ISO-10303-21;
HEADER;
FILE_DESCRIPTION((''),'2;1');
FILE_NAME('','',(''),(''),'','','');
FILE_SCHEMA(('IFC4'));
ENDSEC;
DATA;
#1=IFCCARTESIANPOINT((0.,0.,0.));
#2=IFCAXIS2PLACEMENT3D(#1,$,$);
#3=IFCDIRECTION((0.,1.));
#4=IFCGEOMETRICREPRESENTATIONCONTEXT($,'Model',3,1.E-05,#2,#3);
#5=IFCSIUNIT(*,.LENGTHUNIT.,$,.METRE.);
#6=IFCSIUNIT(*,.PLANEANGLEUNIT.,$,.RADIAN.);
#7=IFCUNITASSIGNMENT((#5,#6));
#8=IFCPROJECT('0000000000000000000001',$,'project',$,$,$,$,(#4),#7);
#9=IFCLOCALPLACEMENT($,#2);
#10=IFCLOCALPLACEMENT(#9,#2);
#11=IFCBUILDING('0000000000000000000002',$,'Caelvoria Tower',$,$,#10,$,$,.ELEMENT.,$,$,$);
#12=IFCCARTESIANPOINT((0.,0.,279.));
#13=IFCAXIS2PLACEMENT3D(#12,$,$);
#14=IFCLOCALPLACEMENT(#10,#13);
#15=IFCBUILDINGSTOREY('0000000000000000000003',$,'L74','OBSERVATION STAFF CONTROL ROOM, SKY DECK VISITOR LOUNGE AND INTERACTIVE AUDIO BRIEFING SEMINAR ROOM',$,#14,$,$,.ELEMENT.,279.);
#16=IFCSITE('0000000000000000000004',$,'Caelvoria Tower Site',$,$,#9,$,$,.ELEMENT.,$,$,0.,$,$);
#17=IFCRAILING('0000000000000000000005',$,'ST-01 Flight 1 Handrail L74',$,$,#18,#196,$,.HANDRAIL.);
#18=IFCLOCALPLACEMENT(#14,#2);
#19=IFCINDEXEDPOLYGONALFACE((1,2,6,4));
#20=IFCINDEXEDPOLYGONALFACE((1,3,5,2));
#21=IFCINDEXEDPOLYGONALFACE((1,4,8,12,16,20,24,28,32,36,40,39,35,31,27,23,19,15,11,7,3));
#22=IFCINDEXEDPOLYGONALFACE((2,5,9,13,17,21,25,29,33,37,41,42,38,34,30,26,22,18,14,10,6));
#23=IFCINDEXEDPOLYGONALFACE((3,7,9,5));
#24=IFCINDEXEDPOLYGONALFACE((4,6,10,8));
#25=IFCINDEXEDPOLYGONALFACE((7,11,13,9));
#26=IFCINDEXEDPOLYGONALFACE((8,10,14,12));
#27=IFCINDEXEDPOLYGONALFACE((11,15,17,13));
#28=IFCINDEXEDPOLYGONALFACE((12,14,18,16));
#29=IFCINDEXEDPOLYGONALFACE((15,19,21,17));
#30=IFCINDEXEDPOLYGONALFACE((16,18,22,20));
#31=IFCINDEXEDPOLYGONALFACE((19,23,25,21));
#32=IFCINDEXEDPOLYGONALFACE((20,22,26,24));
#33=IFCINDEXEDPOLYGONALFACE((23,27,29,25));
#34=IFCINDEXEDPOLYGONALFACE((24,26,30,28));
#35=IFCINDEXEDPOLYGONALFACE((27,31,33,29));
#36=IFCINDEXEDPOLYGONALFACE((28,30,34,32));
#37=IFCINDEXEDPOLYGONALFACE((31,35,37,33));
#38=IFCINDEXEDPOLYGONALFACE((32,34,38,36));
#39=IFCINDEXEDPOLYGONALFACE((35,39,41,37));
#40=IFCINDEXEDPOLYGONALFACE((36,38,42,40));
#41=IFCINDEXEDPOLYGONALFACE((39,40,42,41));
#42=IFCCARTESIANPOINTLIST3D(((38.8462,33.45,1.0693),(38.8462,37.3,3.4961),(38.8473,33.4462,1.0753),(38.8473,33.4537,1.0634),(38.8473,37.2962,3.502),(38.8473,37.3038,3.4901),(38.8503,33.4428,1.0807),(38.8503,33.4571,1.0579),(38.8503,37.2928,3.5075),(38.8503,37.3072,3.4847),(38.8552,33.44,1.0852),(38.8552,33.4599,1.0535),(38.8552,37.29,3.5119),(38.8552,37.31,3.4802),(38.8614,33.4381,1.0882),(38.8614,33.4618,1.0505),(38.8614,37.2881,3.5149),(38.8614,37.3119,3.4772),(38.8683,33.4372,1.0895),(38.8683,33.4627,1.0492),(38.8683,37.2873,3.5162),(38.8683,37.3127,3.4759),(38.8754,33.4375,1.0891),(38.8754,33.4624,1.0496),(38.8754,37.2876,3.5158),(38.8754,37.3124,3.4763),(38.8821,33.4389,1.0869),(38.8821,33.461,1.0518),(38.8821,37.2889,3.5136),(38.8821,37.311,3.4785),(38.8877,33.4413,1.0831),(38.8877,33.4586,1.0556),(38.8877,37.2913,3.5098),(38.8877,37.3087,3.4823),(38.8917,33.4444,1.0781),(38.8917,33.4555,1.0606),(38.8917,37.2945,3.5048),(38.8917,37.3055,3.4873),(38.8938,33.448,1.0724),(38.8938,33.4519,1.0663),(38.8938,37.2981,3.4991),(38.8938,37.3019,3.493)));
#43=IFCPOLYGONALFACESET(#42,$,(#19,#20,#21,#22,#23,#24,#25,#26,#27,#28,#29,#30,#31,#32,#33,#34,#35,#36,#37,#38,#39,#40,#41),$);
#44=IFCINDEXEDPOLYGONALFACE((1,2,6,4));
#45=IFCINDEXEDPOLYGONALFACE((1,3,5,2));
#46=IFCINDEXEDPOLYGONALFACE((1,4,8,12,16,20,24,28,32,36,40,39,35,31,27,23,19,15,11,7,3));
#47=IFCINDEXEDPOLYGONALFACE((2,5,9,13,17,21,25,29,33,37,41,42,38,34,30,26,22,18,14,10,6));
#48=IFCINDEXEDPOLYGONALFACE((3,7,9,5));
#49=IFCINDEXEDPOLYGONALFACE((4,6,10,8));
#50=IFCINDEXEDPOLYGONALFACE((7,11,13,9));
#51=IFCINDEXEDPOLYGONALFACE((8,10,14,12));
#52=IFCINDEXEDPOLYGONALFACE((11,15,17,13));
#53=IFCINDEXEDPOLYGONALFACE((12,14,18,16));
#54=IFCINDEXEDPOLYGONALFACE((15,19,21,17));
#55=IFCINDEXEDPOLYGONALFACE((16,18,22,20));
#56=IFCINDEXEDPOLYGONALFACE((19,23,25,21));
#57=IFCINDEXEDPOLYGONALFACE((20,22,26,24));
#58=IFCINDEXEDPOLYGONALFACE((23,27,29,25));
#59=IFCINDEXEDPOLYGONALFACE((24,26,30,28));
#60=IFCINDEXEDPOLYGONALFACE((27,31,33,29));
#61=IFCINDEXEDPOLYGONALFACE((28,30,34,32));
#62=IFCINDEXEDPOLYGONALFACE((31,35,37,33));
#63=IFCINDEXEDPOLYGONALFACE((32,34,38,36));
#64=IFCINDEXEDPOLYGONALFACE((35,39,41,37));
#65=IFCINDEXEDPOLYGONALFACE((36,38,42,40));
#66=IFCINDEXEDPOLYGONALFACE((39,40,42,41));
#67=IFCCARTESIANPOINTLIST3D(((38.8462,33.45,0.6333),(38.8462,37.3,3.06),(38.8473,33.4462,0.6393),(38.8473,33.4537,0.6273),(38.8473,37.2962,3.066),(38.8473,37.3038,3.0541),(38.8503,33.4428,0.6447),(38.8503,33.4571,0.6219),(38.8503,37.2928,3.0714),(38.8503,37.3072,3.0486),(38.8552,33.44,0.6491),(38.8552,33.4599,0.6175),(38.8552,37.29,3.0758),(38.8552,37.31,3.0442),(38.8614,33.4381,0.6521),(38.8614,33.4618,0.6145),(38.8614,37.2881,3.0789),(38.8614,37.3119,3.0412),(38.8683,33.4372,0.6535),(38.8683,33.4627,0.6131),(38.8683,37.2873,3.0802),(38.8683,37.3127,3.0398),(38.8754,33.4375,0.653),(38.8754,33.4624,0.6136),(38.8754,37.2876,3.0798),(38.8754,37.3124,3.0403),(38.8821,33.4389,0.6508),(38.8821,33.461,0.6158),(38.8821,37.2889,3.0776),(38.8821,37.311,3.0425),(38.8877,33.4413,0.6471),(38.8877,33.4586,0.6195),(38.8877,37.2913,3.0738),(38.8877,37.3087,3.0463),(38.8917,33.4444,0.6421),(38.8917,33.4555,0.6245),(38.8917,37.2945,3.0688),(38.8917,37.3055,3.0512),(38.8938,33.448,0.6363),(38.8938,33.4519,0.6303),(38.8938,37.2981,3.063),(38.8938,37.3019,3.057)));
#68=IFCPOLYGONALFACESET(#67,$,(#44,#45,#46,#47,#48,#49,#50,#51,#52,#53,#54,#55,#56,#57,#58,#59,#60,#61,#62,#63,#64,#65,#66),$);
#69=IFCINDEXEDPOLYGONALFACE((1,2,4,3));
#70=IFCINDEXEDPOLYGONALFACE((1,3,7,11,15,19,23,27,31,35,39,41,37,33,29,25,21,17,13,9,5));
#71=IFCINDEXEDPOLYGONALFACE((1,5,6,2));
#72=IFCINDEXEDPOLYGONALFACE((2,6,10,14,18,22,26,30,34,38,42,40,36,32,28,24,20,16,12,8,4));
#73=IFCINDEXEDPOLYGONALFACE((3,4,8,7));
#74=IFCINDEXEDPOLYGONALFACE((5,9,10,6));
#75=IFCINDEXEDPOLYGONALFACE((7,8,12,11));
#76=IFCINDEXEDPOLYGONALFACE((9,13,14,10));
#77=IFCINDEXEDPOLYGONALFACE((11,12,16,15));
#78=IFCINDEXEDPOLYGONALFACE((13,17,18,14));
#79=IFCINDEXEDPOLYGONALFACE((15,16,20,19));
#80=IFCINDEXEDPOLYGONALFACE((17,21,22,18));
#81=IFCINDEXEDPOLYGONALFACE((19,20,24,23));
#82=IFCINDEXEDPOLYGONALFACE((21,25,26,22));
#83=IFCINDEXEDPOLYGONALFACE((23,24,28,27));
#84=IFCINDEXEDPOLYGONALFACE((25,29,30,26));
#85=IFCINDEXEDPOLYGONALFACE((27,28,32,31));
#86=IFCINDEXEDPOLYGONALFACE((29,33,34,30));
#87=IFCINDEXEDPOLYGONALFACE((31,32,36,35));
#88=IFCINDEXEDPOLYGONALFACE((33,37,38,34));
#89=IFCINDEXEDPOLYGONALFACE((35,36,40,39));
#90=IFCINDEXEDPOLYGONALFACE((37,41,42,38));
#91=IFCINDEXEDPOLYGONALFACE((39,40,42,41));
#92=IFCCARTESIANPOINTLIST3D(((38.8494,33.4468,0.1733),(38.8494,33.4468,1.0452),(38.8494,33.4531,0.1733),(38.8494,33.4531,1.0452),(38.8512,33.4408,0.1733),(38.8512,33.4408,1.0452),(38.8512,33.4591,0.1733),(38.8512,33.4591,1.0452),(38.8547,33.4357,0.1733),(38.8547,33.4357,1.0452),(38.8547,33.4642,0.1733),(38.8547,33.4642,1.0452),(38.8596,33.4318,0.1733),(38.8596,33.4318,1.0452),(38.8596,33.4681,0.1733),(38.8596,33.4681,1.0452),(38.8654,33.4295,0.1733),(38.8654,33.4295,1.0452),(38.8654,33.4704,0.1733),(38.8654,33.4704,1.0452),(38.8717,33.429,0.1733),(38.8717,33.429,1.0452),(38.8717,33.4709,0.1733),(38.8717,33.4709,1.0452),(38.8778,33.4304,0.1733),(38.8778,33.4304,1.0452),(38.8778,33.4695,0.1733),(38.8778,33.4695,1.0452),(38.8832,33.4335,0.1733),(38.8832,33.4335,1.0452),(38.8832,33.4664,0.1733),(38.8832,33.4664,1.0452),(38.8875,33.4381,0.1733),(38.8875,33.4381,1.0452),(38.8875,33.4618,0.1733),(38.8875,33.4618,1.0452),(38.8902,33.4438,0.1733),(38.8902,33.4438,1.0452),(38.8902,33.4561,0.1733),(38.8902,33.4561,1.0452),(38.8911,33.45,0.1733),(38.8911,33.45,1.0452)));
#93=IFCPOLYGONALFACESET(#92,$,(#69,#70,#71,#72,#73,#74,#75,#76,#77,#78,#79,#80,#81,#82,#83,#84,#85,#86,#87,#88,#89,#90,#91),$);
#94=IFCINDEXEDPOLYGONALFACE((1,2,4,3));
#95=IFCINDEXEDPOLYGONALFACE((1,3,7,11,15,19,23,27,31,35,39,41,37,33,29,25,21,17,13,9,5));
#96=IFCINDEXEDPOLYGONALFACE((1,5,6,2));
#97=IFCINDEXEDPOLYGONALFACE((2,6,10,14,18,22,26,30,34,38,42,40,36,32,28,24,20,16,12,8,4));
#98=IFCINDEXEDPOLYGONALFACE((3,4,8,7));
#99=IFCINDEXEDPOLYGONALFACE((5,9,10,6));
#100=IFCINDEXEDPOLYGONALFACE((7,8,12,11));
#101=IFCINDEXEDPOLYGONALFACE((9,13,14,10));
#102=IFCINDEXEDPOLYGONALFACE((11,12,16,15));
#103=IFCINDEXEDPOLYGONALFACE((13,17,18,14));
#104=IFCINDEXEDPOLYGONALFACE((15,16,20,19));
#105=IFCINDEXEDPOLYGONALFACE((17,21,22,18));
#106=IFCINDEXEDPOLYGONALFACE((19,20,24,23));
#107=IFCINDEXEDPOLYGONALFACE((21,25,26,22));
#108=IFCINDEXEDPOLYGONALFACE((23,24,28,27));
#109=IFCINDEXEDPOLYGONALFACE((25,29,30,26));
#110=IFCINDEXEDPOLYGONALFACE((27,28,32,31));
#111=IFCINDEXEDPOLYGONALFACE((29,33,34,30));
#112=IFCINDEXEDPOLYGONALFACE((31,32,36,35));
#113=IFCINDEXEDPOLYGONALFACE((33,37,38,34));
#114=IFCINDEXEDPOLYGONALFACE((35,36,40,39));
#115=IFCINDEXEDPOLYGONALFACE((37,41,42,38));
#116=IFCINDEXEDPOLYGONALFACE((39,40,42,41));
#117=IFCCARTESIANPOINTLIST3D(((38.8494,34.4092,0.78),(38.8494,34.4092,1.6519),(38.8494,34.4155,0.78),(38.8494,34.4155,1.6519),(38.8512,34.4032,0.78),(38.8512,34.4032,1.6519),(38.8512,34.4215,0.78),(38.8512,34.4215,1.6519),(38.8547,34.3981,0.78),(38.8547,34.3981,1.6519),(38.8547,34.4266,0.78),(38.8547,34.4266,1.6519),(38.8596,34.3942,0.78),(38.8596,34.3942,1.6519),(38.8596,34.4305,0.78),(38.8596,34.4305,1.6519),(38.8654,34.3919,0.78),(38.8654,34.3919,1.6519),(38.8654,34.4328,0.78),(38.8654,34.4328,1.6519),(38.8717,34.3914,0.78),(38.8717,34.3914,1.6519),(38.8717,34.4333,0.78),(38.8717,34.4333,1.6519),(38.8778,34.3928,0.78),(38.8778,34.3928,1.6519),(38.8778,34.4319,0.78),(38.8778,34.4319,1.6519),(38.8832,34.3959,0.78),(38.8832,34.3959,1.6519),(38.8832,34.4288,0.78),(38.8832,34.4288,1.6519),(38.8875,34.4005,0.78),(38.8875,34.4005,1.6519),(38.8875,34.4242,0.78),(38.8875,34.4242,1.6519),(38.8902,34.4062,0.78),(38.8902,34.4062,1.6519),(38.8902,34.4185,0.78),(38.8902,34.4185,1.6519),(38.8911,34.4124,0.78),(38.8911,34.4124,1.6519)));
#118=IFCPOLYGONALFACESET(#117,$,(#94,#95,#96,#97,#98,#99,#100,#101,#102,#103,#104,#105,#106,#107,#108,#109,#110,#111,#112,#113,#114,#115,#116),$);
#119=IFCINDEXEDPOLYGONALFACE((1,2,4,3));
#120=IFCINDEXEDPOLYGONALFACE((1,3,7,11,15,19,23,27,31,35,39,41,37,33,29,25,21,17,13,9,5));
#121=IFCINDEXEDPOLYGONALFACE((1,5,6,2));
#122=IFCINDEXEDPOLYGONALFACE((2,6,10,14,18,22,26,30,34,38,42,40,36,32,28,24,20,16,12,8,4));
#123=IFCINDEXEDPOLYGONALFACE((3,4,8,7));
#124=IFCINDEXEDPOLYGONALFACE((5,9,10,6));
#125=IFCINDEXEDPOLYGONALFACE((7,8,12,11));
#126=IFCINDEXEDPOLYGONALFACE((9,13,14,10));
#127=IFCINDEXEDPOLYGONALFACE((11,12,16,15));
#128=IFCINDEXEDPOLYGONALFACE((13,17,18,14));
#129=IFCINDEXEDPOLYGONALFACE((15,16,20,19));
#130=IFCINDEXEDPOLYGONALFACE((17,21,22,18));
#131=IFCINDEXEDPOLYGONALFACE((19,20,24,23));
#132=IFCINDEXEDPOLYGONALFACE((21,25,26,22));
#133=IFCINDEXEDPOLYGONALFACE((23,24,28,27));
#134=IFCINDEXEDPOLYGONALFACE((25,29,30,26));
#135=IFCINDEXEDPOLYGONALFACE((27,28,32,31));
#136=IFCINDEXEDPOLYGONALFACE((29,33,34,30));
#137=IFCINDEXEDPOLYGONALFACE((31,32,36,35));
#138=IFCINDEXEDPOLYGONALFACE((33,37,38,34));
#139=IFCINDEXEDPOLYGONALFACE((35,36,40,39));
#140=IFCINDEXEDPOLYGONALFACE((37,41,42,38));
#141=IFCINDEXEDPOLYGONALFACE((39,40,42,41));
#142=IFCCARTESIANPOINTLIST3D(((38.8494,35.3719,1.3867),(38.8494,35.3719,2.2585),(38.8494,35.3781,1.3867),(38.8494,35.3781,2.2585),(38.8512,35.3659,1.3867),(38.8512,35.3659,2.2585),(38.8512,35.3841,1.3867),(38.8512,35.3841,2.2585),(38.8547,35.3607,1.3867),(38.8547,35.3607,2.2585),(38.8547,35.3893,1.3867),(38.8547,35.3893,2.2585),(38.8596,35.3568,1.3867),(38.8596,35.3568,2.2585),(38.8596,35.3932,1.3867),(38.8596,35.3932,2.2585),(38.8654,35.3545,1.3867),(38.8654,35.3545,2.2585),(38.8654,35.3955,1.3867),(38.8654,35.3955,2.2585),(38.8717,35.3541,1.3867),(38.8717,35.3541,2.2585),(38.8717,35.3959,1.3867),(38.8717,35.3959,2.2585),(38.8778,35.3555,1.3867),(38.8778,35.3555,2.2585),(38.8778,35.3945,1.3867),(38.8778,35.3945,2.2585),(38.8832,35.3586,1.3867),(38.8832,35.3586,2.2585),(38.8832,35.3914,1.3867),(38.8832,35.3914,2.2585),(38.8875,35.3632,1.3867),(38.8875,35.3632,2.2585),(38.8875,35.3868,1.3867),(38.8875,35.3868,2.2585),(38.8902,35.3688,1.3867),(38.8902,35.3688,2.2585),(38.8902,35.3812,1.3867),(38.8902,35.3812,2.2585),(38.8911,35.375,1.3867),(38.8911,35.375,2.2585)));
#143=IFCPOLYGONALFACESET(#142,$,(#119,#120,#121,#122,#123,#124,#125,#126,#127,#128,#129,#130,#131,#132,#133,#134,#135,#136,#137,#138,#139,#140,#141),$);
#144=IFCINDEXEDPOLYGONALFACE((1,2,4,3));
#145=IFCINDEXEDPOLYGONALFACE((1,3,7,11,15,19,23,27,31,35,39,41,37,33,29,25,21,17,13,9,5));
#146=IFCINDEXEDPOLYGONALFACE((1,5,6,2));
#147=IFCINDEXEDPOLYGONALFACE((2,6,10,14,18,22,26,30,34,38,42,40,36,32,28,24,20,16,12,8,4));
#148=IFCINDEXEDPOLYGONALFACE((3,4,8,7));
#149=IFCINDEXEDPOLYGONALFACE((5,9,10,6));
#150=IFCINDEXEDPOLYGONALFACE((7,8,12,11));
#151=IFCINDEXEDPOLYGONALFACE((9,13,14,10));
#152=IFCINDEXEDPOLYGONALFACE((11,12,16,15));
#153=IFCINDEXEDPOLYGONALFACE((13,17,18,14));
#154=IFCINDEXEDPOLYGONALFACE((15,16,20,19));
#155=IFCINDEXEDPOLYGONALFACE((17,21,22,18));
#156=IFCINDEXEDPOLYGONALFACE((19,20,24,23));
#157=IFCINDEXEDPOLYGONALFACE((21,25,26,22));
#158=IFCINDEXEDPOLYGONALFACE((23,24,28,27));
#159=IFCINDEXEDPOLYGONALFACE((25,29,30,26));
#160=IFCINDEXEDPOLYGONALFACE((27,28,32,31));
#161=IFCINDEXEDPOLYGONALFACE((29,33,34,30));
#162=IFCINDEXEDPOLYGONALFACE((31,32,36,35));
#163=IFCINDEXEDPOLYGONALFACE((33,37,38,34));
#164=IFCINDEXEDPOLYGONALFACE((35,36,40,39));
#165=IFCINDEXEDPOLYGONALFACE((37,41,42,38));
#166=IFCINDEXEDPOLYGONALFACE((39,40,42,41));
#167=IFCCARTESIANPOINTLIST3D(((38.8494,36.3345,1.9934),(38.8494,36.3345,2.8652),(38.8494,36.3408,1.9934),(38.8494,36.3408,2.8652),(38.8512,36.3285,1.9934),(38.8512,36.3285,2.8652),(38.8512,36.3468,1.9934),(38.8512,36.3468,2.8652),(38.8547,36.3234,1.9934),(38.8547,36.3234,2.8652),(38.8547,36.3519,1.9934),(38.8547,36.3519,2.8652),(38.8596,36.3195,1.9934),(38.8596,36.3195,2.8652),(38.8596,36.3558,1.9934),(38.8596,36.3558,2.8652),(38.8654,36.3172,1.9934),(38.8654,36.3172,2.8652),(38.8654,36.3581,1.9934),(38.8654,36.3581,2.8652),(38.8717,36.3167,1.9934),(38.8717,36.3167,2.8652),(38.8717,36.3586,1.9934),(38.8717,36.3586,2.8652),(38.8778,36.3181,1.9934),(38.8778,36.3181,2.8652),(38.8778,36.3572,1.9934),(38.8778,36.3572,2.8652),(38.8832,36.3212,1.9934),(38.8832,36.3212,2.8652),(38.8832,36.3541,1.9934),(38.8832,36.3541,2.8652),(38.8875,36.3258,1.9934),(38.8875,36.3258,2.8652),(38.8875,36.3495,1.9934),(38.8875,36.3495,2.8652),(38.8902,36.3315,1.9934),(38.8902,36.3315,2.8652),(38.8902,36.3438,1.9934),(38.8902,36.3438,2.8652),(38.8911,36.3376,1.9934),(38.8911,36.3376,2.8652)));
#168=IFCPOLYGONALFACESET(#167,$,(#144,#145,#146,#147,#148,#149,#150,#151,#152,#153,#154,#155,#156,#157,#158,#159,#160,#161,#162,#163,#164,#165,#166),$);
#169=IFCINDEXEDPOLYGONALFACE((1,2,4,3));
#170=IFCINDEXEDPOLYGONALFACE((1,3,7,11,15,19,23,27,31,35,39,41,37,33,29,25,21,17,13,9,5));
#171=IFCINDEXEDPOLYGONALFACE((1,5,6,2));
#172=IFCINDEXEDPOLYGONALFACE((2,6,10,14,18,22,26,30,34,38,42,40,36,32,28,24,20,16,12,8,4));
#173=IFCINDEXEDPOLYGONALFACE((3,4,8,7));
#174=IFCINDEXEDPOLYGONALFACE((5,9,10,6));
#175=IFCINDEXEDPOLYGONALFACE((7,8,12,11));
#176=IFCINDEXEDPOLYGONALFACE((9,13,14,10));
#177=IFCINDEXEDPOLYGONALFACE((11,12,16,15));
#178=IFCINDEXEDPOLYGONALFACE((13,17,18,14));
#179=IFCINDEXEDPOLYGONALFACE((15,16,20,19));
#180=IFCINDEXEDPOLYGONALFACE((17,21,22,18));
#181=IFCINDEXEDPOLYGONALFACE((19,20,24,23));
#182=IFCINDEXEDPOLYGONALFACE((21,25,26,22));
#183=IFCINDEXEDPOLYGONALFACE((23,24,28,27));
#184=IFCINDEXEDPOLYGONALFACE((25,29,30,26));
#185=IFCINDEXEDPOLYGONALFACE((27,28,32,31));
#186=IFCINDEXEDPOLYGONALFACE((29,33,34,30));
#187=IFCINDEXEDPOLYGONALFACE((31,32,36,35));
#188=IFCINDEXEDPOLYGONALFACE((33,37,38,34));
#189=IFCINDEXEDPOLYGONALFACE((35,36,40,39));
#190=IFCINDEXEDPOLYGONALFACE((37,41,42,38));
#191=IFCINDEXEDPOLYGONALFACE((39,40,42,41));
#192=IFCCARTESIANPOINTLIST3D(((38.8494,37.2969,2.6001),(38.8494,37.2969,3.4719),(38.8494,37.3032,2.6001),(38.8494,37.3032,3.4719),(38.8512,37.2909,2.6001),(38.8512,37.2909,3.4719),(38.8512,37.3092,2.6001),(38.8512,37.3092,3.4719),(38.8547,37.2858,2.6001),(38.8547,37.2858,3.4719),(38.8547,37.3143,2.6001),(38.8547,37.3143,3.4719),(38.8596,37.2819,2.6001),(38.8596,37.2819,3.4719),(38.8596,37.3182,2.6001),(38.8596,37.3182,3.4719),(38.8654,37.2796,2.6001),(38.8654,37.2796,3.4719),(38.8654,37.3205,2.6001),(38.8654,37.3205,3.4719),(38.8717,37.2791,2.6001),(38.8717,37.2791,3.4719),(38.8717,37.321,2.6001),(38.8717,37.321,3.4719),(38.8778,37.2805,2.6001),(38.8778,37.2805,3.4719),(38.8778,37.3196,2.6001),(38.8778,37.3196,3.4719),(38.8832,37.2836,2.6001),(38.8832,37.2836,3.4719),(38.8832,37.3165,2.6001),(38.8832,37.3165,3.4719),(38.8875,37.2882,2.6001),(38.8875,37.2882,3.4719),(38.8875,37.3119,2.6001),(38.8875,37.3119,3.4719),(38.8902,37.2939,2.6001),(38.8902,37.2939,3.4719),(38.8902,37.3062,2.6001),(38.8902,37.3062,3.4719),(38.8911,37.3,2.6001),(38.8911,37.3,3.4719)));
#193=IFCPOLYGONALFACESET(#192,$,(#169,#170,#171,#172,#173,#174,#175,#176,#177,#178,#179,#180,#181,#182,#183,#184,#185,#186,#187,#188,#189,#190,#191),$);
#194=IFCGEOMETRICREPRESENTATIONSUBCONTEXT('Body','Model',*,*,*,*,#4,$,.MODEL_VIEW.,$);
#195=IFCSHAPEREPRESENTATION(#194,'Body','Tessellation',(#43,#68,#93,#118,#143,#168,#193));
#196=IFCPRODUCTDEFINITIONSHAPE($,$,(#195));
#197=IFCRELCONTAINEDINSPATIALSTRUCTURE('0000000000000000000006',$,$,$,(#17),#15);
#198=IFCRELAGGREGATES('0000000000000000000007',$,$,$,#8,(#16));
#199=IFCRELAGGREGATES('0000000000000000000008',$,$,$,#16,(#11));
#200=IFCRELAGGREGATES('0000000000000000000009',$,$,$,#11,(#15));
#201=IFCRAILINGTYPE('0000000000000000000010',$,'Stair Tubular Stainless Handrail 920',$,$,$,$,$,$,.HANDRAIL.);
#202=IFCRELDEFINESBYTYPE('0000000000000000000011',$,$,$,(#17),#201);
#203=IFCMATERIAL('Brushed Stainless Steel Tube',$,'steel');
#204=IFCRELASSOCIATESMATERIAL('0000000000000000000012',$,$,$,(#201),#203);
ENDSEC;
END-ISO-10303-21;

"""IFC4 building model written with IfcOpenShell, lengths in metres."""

from ifc_helpers import new_model, si_unit, direction, frame, origin, origin_2d, place, context, subcontext, project, spatial, circle, extrude, material, type_object, element, save


model = new_model("IFC4")

# Units and contexts
model_context = context("Model", 3, precision=1e-05, world=origin(), true_north=direction((0.0, 1.0)))
body_context = subcontext(model_context, "Body", "Model", "MODEL_VIEW")
ifc_project = project(units=[si_unit("LENGTHUNIT", "METRE"), si_unit("PLANEANGLEUNIT", "RADIAN")], contexts=[model_context])

# Site, building, storey
site_placement = place(None, origin())
site = spatial("IfcSite", under=ifc_project, at=site_placement, Name="Caelvoria Tower Site", CompositionType="ELEMENT", RefElevation=0.0)
building_placement = place(site_placement, origin())
building = spatial("IfcBuilding", under=site, at=building_placement, Name="Caelvoria Tower", CompositionType="ELEMENT")
storey_placement = place(building_placement, frame((0.0, 0.0, 279.0)))
storey = spatial("IfcBuildingStorey", under=building, at=storey_placement, Name="L74", Description="OBSERVATION STAFF CONTROL ROOM, SKY DECK VISITOR LOUNGE AND INTERACTIVE AUDIO BRIEFING SEMINAR ROOM", CompositionType="ELEMENT", Elevation=279.0)

# Railing
ifc_material_1 = material(Name="Brushed Stainless Steel Tube", Category="steel")
railing_type_1 = type_object("IfcRailingType", Name="Stair Tubular Stainless Handrail 920", PredefinedType="HANDRAIL", material=ifc_material_1)
railing_1_placement = place(storey_placement, frame((38.8701, 33.45, 0.1733)))
element("IfcRailing", 1, at=railing_1_placement, inside=storey, type_object=railing_type_1, Name="ST-01 Flight 1 Handrail L74", PredefinedType="HANDRAIL", context=body_context, shape_type="SweptSolid", body=[
    extrude(circle(Radius=0.0239, at=origin_2d()), frame((0.0, 0.0, 0.896), z_axis=(0.0, 0.845973, 0.533226), x_axis=(-1.0, 0.0, 0.0)), (0.0, 0.0, 1.0), 4.551),
    extrude(circle(Radius=0.0239, at=origin_2d()), frame((0.0, 0.0, 0.46), z_axis=(0.0, 0.845973, 0.533226), x_axis=(-1.0, 0.0, 0.0)), (0.0, 0.0, 1.0), 4.551),
    extrude(circle(Radius=0.021, at=origin_2d()), origin(), (0.0, 0.0, 1.0), 0.8718),
    extrude(circle(Radius=0.021, at=origin_2d()), frame((0.0, 0.9624, 0.6067)), (0.0, 0.0, 1.0), 0.8718),
    extrude(circle(Radius=0.021, at=origin_2d()), frame((0.0, 1.925, 1.2134)), (0.0, 0.0, 1.0), 0.8718),
    extrude(circle(Radius=0.021, at=origin_2d()), frame((0.0, 2.8877, 1.8201)), (0.0, 0.0, 1.0), 0.8718),
    extrude(circle(Radius=0.021, at=origin_2d()), frame((0.0, 3.8501, 2.4268)), (0.0, 0.0, 1.0), 0.8718),
])

save(model, "model.ifc")
